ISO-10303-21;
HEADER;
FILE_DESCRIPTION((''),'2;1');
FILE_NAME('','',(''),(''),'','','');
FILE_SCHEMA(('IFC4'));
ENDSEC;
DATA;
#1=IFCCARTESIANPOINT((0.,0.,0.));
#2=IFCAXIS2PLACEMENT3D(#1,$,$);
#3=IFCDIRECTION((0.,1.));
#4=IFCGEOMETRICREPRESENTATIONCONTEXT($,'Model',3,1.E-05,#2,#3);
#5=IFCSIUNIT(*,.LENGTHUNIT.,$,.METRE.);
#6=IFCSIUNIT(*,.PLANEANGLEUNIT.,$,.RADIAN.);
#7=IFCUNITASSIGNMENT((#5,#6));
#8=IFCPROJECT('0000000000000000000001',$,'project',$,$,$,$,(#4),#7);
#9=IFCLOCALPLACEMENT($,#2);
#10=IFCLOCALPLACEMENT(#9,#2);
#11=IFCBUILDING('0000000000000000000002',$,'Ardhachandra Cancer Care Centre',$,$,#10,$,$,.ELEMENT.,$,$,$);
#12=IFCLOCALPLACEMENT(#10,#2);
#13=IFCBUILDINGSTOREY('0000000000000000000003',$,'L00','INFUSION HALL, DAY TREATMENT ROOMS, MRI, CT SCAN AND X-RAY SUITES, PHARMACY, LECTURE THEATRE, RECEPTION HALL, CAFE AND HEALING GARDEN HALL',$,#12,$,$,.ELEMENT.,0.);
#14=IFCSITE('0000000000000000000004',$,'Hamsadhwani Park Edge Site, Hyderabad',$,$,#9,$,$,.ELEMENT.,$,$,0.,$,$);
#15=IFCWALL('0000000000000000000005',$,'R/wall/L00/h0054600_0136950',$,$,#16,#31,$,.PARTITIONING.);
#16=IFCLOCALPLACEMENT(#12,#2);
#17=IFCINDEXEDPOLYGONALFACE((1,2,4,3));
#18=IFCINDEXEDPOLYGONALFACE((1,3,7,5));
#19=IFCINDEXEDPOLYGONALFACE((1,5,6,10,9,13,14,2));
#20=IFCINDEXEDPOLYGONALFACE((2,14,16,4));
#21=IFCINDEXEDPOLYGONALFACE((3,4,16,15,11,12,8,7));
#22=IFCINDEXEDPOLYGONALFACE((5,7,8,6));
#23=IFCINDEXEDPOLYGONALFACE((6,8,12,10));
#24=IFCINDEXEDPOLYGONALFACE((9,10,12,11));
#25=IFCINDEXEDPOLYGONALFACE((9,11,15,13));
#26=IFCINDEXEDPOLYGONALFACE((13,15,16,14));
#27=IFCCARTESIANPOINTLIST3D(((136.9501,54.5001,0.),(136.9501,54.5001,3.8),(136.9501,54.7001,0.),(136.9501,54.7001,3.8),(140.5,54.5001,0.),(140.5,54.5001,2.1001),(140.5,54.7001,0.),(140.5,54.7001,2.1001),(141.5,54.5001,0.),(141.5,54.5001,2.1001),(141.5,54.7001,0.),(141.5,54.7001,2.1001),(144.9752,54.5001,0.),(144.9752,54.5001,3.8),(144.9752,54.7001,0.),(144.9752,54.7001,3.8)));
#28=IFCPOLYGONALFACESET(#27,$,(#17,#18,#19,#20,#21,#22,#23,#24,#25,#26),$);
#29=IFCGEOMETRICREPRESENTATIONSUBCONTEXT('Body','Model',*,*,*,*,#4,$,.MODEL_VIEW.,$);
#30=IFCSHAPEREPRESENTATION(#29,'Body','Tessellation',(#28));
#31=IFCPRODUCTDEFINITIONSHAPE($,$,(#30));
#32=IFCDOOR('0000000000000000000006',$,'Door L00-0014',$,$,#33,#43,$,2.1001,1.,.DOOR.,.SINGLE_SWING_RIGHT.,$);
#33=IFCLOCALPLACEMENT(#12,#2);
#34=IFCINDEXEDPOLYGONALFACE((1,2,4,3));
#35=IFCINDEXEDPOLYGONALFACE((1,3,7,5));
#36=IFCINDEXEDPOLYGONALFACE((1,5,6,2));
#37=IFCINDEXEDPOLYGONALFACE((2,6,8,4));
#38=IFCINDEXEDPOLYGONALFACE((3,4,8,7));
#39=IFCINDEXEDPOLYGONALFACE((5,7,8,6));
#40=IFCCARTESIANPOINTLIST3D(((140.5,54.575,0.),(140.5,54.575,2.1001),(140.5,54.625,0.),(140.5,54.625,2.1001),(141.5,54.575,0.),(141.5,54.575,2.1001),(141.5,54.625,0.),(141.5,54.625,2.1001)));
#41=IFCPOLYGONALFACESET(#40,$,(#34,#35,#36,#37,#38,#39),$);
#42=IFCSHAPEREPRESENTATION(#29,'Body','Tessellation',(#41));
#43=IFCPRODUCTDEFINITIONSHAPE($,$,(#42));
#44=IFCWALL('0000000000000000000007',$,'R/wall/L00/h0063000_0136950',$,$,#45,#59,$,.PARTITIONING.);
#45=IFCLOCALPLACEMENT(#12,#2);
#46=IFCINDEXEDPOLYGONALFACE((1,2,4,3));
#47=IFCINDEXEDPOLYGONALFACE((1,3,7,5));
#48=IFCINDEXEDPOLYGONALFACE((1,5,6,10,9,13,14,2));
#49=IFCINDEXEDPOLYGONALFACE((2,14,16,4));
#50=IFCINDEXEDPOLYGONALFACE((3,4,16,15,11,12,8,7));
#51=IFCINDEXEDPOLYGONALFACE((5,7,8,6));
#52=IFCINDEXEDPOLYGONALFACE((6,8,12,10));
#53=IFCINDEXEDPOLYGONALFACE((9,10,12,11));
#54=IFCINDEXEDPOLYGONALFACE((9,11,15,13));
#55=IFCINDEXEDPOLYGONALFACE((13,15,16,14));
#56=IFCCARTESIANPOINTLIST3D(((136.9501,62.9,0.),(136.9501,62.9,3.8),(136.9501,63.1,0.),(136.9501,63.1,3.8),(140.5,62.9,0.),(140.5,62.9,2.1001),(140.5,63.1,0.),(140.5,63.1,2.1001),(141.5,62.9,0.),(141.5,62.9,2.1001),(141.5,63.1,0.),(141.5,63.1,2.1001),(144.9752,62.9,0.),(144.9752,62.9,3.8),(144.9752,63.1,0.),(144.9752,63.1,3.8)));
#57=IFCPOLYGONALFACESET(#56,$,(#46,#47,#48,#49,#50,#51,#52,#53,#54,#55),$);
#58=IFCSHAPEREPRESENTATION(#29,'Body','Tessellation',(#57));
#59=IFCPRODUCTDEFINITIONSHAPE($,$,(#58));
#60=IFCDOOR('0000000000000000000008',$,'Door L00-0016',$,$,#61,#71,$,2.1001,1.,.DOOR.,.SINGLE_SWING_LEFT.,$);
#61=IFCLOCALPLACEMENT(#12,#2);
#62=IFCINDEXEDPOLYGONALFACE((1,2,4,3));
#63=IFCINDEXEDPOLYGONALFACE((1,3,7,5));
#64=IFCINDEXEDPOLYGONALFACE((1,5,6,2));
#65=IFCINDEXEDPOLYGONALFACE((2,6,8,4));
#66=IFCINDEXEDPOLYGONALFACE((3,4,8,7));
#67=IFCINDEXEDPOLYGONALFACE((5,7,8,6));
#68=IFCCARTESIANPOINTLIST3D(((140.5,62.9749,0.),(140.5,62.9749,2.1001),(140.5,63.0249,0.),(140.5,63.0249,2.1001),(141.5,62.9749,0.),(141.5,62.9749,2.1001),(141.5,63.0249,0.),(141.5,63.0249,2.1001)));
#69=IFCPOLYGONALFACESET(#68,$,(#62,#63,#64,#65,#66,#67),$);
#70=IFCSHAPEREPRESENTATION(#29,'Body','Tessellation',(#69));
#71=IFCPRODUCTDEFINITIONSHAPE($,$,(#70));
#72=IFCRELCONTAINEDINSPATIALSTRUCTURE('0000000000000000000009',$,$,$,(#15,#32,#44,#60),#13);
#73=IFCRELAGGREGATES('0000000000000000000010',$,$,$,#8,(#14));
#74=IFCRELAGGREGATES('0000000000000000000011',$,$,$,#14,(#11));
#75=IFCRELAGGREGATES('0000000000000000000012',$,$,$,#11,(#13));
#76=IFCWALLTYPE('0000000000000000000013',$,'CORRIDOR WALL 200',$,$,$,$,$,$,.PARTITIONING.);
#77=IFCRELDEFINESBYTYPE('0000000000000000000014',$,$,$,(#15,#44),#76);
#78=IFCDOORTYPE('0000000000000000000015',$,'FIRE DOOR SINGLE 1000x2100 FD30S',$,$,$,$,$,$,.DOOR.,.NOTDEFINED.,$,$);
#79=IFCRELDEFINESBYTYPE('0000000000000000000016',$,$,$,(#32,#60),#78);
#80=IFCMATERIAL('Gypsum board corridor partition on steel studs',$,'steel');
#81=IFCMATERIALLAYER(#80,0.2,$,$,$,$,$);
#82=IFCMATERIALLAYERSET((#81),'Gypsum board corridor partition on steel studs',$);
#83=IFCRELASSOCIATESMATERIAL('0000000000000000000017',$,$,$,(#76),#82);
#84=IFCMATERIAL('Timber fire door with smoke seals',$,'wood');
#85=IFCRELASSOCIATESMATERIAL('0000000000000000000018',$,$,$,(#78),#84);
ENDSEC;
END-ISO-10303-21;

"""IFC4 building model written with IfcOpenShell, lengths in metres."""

from ifc_helpers import new_model, si_unit, direction, frame, frame_2d, origin, place, context, subcontext, project, spatial, rectangle, extrude, material, layer, layer_set, type_object, element, fill, save


model = new_model("IFC4")

# Units and contexts
model_context = context("Model", 3, precision=1e-05, world=origin(), true_north=direction((0.0, 1.0)))
body_context = subcontext(model_context, "Body", "Model", "MODEL_VIEW")
ifc_project = project(units=[si_unit("LENGTHUNIT", "METRE"), si_unit("PLANEANGLEUNIT", "RADIAN")], contexts=[model_context])

# Site, building, storey
site_placement = place(None, origin())
site = spatial("IfcSite", under=ifc_project, at=site_placement, Name="Hamsadhwani Park Edge Site, Hyderabad", CompositionType="ELEMENT", RefElevation=0.0)
building_placement = place(site_placement, origin())
building = spatial("IfcBuilding", under=site, at=building_placement, Name="Ardhachandra Cancer Care Centre", CompositionType="ELEMENT")
storey_placement = place(building_placement, origin())
storey = spatial("IfcBuildingStorey", under=building, at=storey_placement, Name="L00", Description="INFUSION HALL, DAY TREATMENT ROOMS, MRI, CT SCAN AND X-RAY SUITES, PHARMACY, LECTURE THEATRE, RECEPTION HALL, CAFE AND HEALING GARDEN HALL", CompositionType="ELEMENT", Elevation=0.0)

# Walls, openings, doors
ifc_material_1 = material(Name="Gypsum board corridor partition on steel studs", Category="steel")
ifc_layer_1 = layer(ifc_material_1, 0.2)
ifc_layer_set_1 = layer_set([ifc_layer_1], Name="Gypsum board corridor partition on steel studs")
wall_type_1 = type_object("IfcWallType", Name="CORRIDOR WALL 200", PredefinedType="PARTITIONING", material=ifc_layer_set_1)
wall_1_placement = place(storey_placement, frame((136.95, 54.6001, 0.0), z_axis=(0.0, 0.0, 1.0), x_axis=(1.0, 0.0, 0.0)))
wall_1 = element("IfcWall", 1, at=wall_1_placement, inside=storey, type_object=wall_type_1, Name="R/wall/L00/h0054600_0136950", PredefinedType="PARTITIONING", context=body_context, shape_type="SweptSolid", body=[
    extrude(rectangle(XDim=8.0251, YDim=0.2, at=frame_2d((4.0127, 0.0))), origin(), (0.0, 0.0, 1.0), 3.8),
])
opening_1_placement = place(wall_1_placement, frame((3.55, 0.0, 0.0)))
opening_1 = element("IfcOpeningElement", 2, at=opening_1_placement, cuts=wall_1, PredefinedType="OPENING", context=body_context, shape_type="SweptSolid", body=[
    extrude(rectangle(XDim=1.0, YDim=2.1001, at=frame_2d((0.5, 1.05))), frame((0.0, 0.1099, 0.0), z_axis=(0.0, -1.0, 0.0), x_axis=(1.0, 0.0, 0.0)), (0.0, 0.0, 1.0), 0.22),
])
ifc_material_2 = material(Name="Timber fire door with smoke seals", Category="wood")
door_type = type_object("IfcDoorType", Name="FIRE DOOR SINGLE 1000x2100 FD30S", OperationType="NOTDEFINED", PredefinedType="DOOR", material=ifc_material_2)
door_1_placement = place(opening_1_placement, origin())
door_1 = element("IfcDoor", 3, at=door_1_placement, inside=storey, type_object=door_type, Name="Door L00-0014", OperationType="SINGLE_SWING_RIGHT", OverallHeight=2.1001, OverallWidth=1.0, PredefinedType="DOOR", context=body_context, shape_type="SweptSolid", body=[
    extrude(rectangle(XDim=1.0, YDim=2.1001, at=frame_2d((0.5, 1.05))), frame((0.0, 0.0249, 0.0), z_axis=(0.0, -1.0, 0.0), x_axis=(1.0, 0.0, 0.0)), (0.0, 0.0, 1.0), 0.05),
])
fill(opening_1, door_1)
wall_2_placement = place(storey_placement, frame((136.95, 63.0, 0.0), z_axis=(0.0, 0.0, 1.0), x_axis=(1.0, 0.0, 0.0)))
wall_2 = element("IfcWall", 4, at=wall_2_placement, inside=storey, type_object=wall_type_1, Name="R/wall/L00/h0063000_0136950", PredefinedType="PARTITIONING", context=body_context, shape_type="SweptSolid", body=[
    extrude(rectangle(XDim=8.0251, YDim=0.2, at=frame_2d((4.0127, 0.0))), origin(), (0.0, 0.0, 1.0), 3.8),
])
opening_2_placement = place(wall_2_placement, frame((3.55, 0.0, 0.0)))
opening_2 = element("IfcOpeningElement", 5, at=opening_2_placement, cuts=wall_2, PredefinedType="OPENING", context=body_context, shape_type="SweptSolid", body=[
    extrude(rectangle(XDim=1.0, YDim=2.1001, at=frame_2d((0.5, 1.05))), frame((0.0, 0.1099, 0.0), z_axis=(0.0, -1.0, 0.0), x_axis=(1.0, 0.0, 0.0)), (0.0, 0.0, 1.0), 0.22),
])
door_2_placement = place(opening_2_placement, origin())
door_2 = element("IfcDoor", 6, at=door_2_placement, inside=storey, type_object=door_type, Name="Door L00-0016", OperationType="SINGLE_SWING_LEFT", OverallHeight=2.1001, OverallWidth=1.0, PredefinedType="DOOR", context=body_context, shape_type="SweptSolid", body=[
    extrude(rectangle(XDim=1.0, YDim=2.1001, at=frame_2d((0.5, 1.05))), frame((0.0, 0.0249, 0.0), z_axis=(0.0, -1.0, 0.0), x_axis=(1.0, 0.0, 0.0)), (0.0, 0.0, 1.0), 0.05),
])
fill(opening_2, door_2)

save(model, "model.ifc")
